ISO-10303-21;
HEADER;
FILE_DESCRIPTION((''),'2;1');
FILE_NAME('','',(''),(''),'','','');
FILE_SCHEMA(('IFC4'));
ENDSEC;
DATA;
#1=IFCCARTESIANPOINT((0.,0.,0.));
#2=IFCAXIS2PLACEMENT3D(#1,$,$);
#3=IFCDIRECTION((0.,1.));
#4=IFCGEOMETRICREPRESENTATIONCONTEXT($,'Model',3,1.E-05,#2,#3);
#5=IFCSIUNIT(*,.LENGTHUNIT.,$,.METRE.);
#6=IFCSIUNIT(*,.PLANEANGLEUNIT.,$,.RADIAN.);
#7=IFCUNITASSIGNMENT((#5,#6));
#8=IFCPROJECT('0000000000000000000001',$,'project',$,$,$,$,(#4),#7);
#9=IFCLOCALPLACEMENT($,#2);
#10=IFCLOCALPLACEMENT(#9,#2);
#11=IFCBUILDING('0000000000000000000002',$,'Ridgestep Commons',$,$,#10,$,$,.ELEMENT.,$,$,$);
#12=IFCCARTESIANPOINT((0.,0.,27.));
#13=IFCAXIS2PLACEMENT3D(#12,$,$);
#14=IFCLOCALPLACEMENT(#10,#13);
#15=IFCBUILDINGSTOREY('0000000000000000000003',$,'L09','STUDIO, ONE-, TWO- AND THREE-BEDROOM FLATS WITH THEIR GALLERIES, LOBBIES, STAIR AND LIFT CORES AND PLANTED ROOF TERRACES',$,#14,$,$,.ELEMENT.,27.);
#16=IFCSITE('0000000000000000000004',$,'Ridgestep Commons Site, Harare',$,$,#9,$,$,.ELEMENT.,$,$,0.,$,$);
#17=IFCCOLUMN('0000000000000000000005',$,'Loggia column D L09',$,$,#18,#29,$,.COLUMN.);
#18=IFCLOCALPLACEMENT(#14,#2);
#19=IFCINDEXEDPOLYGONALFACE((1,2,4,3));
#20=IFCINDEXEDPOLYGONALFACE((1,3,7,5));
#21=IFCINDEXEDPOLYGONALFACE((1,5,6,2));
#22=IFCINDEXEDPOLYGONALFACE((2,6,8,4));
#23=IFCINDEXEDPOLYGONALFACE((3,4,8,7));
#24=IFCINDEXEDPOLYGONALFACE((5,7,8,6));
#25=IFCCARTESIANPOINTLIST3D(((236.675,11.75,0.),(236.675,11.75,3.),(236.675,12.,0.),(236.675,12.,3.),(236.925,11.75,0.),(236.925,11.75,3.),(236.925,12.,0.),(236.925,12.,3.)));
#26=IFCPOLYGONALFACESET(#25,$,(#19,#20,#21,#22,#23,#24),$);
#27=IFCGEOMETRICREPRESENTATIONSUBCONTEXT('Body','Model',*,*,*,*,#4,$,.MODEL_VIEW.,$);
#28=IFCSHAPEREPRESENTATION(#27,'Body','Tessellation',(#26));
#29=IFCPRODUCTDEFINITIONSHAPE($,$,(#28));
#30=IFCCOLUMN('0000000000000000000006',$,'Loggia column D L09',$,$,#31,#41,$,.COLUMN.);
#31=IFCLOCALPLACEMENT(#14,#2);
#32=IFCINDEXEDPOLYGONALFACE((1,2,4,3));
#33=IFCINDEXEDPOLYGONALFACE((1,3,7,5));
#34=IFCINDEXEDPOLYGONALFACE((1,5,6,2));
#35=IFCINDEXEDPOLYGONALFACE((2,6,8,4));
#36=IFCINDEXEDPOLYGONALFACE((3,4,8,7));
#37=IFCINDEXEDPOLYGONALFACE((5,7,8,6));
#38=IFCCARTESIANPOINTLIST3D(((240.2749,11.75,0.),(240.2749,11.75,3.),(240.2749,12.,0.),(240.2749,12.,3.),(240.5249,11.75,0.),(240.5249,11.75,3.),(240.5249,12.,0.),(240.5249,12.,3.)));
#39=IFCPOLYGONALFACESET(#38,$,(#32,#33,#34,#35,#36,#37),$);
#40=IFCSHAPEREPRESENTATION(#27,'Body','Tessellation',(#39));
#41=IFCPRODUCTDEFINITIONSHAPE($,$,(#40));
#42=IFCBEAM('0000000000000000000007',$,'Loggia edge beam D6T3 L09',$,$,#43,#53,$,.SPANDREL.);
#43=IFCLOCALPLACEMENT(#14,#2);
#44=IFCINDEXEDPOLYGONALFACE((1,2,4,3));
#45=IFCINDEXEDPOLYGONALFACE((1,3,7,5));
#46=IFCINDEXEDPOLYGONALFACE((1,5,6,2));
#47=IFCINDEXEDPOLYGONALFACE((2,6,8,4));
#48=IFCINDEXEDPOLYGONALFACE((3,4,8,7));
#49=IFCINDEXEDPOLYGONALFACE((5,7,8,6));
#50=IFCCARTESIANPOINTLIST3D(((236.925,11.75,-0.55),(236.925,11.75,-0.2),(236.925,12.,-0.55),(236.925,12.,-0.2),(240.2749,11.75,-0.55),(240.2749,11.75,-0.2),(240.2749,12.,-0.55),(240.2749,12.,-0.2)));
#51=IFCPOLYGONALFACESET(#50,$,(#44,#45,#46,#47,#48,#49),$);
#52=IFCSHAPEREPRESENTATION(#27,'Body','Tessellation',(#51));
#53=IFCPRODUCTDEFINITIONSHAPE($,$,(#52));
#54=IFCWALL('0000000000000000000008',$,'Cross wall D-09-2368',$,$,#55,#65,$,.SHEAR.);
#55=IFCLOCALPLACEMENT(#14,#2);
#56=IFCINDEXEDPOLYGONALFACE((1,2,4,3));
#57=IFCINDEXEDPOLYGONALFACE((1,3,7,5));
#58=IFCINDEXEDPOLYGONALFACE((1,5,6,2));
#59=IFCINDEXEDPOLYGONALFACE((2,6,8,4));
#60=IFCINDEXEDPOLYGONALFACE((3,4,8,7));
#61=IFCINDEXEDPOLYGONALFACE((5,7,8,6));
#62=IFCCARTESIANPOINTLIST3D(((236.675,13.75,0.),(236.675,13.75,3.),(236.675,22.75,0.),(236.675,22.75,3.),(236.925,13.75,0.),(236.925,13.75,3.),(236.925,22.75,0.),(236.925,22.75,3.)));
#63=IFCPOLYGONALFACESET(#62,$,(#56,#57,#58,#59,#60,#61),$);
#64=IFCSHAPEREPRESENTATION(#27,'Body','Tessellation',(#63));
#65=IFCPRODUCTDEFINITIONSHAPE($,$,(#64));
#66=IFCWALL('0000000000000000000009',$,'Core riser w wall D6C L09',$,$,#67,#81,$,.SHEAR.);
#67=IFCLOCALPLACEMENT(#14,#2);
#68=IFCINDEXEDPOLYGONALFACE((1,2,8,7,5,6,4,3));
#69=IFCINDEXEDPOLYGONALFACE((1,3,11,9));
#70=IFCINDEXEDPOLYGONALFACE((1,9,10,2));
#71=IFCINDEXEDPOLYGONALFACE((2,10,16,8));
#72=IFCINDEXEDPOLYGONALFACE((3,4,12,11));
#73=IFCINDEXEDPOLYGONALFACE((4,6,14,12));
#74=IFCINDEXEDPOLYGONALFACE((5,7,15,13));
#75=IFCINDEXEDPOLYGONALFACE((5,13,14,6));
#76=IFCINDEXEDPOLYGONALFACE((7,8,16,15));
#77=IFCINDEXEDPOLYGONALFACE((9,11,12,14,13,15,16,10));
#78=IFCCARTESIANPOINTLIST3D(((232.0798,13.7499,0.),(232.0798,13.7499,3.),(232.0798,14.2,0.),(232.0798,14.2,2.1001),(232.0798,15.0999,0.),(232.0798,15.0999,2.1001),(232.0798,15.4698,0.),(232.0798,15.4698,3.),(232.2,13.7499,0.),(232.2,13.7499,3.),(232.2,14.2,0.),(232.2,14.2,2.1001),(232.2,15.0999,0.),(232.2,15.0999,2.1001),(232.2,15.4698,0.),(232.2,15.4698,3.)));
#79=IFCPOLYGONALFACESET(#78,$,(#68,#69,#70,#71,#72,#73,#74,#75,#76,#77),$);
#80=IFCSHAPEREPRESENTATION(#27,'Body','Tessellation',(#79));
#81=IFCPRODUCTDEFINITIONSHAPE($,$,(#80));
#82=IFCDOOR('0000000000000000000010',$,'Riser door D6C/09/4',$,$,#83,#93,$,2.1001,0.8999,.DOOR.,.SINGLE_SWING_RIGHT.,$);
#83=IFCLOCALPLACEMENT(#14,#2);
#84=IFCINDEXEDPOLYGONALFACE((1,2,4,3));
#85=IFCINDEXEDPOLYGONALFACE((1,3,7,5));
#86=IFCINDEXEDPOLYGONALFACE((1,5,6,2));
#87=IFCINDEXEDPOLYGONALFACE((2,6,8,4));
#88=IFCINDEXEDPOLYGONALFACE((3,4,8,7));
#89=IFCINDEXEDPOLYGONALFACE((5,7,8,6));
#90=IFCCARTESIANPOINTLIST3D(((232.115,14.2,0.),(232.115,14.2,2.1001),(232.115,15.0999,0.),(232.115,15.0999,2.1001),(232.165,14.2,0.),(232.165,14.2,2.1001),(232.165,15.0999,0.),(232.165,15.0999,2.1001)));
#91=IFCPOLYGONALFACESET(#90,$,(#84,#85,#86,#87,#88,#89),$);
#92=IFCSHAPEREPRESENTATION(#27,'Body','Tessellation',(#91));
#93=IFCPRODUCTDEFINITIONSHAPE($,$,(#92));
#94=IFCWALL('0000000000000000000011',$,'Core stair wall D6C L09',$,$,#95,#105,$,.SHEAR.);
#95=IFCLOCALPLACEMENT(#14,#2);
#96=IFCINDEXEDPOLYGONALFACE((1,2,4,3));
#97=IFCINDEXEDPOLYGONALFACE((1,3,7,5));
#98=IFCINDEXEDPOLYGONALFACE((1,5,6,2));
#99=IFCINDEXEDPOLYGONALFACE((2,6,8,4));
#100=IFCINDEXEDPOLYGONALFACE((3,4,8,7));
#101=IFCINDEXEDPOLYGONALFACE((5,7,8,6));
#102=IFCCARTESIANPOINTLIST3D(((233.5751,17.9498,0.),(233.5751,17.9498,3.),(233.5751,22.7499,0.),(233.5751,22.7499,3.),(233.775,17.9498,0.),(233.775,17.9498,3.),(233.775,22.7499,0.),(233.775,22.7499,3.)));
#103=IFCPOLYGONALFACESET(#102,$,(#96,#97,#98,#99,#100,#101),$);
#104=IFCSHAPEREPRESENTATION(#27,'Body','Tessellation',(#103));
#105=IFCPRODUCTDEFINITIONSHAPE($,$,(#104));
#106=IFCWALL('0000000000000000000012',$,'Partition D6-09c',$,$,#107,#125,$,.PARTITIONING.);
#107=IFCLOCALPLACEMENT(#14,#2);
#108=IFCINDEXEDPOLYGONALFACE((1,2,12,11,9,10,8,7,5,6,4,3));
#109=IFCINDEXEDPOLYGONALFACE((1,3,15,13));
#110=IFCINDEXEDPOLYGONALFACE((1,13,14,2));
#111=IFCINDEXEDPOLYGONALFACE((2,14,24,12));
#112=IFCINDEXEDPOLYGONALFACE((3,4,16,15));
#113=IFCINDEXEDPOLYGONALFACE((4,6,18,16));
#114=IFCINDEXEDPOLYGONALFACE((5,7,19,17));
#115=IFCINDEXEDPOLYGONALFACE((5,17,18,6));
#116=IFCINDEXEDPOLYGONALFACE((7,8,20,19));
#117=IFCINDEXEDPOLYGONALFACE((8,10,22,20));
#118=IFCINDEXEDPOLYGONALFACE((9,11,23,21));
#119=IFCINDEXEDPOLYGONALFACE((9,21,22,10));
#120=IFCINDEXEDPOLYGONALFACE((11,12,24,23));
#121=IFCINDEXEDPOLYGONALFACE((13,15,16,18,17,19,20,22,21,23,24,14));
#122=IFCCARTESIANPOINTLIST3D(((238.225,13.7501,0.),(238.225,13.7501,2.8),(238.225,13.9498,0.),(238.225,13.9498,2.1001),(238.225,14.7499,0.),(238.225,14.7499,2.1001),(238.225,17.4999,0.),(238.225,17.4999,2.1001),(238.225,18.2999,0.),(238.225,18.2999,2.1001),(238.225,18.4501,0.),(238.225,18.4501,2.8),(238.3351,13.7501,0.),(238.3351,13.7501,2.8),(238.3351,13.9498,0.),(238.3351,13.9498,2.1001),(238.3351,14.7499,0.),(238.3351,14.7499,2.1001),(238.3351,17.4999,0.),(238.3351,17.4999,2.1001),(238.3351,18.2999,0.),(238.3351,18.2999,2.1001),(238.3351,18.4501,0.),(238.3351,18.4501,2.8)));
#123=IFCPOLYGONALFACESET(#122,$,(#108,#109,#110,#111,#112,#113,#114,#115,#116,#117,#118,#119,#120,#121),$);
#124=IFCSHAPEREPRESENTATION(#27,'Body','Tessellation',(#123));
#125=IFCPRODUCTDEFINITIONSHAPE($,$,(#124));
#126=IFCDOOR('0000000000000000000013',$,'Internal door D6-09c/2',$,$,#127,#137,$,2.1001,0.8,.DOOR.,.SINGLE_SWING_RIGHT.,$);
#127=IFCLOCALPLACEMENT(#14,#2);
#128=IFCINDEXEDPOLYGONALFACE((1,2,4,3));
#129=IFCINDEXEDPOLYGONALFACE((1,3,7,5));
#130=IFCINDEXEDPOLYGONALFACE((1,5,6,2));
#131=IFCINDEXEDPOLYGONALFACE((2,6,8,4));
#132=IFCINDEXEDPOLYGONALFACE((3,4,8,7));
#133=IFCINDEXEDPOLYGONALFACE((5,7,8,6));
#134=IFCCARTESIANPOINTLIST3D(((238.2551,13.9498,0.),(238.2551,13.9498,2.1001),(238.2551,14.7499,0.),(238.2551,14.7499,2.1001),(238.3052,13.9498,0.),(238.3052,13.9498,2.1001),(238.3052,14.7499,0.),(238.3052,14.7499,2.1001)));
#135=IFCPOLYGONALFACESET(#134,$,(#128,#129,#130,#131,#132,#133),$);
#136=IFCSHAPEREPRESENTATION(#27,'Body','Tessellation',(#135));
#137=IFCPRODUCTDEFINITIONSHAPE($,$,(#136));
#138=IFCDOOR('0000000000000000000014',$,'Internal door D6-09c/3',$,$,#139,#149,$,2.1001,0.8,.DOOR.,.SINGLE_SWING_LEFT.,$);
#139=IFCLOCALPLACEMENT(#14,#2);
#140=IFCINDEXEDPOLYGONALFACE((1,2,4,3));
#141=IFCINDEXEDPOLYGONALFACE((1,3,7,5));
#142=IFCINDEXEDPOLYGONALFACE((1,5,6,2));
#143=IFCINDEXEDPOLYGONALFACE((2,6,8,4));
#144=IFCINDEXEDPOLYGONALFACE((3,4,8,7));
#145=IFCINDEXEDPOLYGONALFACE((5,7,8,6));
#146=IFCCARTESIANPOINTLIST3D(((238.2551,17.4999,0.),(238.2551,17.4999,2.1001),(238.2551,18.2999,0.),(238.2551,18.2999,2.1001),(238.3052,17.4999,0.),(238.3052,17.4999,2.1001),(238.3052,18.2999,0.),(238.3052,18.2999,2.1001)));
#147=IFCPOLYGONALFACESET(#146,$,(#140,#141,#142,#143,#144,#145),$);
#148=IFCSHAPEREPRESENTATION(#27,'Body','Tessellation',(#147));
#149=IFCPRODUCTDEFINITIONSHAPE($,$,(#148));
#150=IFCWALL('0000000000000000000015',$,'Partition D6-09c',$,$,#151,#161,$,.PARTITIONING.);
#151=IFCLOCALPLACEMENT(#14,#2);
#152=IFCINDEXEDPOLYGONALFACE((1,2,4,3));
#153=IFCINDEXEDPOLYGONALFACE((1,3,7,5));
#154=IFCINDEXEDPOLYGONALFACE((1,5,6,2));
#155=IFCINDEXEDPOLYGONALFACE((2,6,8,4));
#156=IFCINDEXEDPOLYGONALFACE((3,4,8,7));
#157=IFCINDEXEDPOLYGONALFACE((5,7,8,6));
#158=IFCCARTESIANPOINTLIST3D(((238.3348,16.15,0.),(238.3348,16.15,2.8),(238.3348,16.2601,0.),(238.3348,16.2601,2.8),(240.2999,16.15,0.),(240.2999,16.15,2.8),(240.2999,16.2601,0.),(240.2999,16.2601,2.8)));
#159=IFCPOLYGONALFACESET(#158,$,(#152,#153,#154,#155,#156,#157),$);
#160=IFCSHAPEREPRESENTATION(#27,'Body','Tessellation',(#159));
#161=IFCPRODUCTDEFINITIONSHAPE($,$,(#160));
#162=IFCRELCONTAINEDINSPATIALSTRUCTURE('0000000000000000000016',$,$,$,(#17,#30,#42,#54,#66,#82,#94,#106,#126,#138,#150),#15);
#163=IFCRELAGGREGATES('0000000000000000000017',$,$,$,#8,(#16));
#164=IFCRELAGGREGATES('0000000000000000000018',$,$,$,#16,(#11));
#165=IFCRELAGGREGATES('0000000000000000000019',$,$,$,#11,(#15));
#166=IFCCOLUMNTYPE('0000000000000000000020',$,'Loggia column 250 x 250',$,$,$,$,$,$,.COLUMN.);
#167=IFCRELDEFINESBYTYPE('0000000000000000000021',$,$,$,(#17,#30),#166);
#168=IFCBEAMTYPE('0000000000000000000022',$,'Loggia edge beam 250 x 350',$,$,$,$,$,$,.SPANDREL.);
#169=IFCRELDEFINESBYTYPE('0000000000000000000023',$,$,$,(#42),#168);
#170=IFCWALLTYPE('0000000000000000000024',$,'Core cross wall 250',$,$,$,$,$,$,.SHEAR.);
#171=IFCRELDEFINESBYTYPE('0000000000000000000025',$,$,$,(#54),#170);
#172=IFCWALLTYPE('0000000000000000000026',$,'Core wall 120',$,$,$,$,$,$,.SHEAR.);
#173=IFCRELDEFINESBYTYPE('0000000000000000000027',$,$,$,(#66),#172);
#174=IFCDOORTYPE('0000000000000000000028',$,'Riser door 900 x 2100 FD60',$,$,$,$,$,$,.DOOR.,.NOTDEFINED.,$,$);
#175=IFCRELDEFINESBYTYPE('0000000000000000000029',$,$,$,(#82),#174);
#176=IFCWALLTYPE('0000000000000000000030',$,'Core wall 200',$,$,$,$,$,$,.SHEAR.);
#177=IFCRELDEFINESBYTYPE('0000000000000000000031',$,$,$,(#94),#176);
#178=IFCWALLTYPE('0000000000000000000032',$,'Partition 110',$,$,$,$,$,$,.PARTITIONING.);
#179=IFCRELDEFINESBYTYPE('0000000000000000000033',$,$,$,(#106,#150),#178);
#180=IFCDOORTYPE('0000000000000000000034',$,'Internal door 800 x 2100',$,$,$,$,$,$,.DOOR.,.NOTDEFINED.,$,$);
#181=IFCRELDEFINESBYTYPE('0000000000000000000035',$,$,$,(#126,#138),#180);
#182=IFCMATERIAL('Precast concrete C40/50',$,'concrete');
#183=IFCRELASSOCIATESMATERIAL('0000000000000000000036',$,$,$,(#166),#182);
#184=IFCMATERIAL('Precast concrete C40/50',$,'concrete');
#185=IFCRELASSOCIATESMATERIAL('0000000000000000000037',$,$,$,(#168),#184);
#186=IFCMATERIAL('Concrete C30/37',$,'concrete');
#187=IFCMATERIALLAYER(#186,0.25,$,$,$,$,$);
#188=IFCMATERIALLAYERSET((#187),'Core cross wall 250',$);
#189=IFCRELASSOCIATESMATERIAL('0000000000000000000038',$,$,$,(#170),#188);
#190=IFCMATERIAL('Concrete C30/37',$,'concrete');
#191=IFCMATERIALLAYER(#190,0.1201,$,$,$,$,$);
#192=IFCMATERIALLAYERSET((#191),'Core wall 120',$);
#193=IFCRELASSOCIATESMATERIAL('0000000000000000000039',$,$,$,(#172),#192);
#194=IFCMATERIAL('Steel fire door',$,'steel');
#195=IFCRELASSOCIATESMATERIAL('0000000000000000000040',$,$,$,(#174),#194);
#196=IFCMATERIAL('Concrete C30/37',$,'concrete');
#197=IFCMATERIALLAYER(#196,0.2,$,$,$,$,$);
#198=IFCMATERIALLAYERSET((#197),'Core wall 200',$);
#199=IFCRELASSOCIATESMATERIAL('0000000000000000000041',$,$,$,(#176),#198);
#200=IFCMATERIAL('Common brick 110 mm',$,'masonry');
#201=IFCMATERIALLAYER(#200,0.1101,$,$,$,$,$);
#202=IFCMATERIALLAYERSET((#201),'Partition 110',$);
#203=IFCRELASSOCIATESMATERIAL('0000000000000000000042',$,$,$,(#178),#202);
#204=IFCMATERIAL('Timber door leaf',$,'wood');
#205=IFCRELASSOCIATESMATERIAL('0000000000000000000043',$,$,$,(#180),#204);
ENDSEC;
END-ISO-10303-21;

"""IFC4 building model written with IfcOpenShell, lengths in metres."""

from ifc_helpers import new_model, si_unit, direction, frame, frame_2d, origin, origin_2d, place, context, subcontext, project, spatial, rectangle, extrude, material, layer, layer_set, material_profile, profile_set, type_object, element, fill, save


model = new_model("IFC4")

# Units and contexts
model_context = context("Model", 3, precision=1e-05, world=origin(), true_north=direction((0.0, 1.0)))
body_context = subcontext(model_context, "Body", "Model", "MODEL_VIEW")
ifc_project = project(units=[si_unit("LENGTHUNIT", "METRE"), si_unit("PLANEANGLEUNIT", "RADIAN")], contexts=[model_context])

# Site, building, storey
site_placement = place(None, origin())
site = spatial("IfcSite", under=ifc_project, at=site_placement, Name="Ridgestep Commons Site, Harare", CompositionType="ELEMENT", RefElevation=0.0)
building_placement = place(site_placement, origin())
building = spatial("IfcBuilding", under=site, at=building_placement, Name="Ridgestep Commons", CompositionType="ELEMENT")
storey_placement = place(building_placement, frame((0.0, 0.0, 27.0)))
storey = spatial("IfcBuildingStorey", under=building, at=storey_placement, Name="L09", Description="STUDIO, ONE-, TWO- AND THREE-BEDROOM FLATS WITH THEIR GALLERIES, LOBBIES, STAIR AND LIFT CORES AND PLANTED ROOF TERRACES", CompositionType="ELEMENT", Elevation=27.0)

# Columns
ifc_material_1 = material(Name="Precast concrete C40/50", Category="concrete")
ifc_material_profile_1 = material_profile(ifc_material_1, rectangle(XDim=0.25, YDim=0.25, at=origin_2d()), Name="PC 250x250")
ifc_profile_set_1 = profile_set([ifc_material_profile_1], Name="Precast concrete C40/50")
column_type = type_object("IfcColumnType", Name="Loggia column 250 x 250", PredefinedType="COLUMN", material=ifc_profile_set_1)
for number, where, z_axis, x_axis, name in (
    (1, (236.8, 11.875, 0.0), (0.0, 0.0, 1.0), (1.0, 0.0, 0.0), "Loggia column D L09"),
    (2, (240.3999, 11.875, 0.0), (0.0, 0.0, 1.0), (1.0, 0.0, 0.0), "Loggia column D L09"),
):
    element("IfcColumn", number, at=place(storey_placement, frame(where, z_axis=z_axis, x_axis=x_axis)), inside=storey, type_object=column_type, Name=name, PredefinedType="COLUMN", context=body_context, shape_type="SweptSolid", body=[
        extrude(rectangle(XDim=0.25, YDim=0.25, at=origin_2d()), origin(), (0.0, 0.0, 1.0), 3.0),
    ])

# Beam
ifc_material_2 = material(Name="Precast concrete C40/50", Category="concrete")
ifc_material_profile_2 = material_profile(ifc_material_2, rectangle(XDim=0.25, YDim=0.3501, at=origin_2d()), Name="PC 250x350")
ifc_profile_set_2 = profile_set([ifc_material_profile_2], Name="Precast concrete C40/50")
beam_type = type_object("IfcBeamType", Name="Loggia edge beam 250 x 350", PredefinedType="SPANDREL", material=ifc_profile_set_2)
beam_placement = place(storey_placement, frame((236.925, 11.875, -0.375), z_axis=(1.0, 0.0, 0.0), x_axis=(0.0, 1.0, 0.0)))
element("IfcBeam", 3, at=beam_placement, inside=storey, type_object=beam_type, Name="Loggia edge beam D6T3 L09", PredefinedType="SPANDREL", context=body_context, shape_type="SweptSolid", body=[
    extrude(rectangle(XDim=0.25, YDim=0.3501, at=origin_2d()), origin(), (0.0, 0.0, 1.0), 3.3499),
])

# Wall
ifc_material_3 = material(Name="Concrete C30/37", Category="concrete")
ifc_layer_1 = layer(ifc_material_3, 0.25)
ifc_layer_set_1 = layer_set([ifc_layer_1], Name="Core cross wall 250")
wall_type_1 = type_object("IfcWallType", Name="Core cross wall 250", PredefinedType="SHEAR", material=ifc_layer_set_1)
wall_1_placement = place(storey_placement, frame((236.8, 13.75, 0.0), z_axis=(0.0, 0.0, 1.0), x_axis=(0.0, 1.0, 0.0)))
element("IfcWall", 4, at=wall_1_placement, inside=storey, type_object=wall_type_1, Name="Cross wall D-09-2368", PredefinedType="SHEAR", context=body_context, shape_type="SweptSolid", body=[
    extrude(rectangle(XDim=9.0, YDim=0.25, at=frame_2d((4.5, 0.0))), origin(), (0.0, 0.0, 1.0), 3.0),
])

# Wall, opening, door
ifc_material_4 = material(Name="Concrete C30/37", Category="concrete")
ifc_layer_2 = layer(ifc_material_4, 0.1201)
ifc_layer_set_2 = layer_set([ifc_layer_2], Name="Core wall 120")
wall_type_2 = type_object("IfcWallType", Name="Core wall 120", PredefinedType="SHEAR", material=ifc_layer_set_2)
wall_2_placement = place(storey_placement, frame((232.1399, 13.75, 0.0), z_axis=(0.0, 0.0, 1.0), x_axis=(0.0, 1.0, 0.0)))
wall_2 = element("IfcWall", 5, at=wall_2_placement, inside=storey, type_object=wall_type_2, Name="Core riser w wall D6C L09", PredefinedType="SHEAR", context=body_context, shape_type="SweptSolid", body=[
    extrude(rectangle(XDim=1.72, YDim=0.1201, at=frame_2d((0.8599, 0.0))), origin(), (0.0, 0.0, 1.0), 3.0),
])
opening_1_placement = place(wall_2_placement, frame((0.45, 0.0, 0.0)))
opening_1 = element("IfcOpeningElement", 6, at=opening_1_placement, cuts=wall_2, PredefinedType="OPENING", context=body_context, shape_type="SweptSolid", body=[
    extrude(rectangle(XDim=0.8999, YDim=2.1001, at=frame_2d((0.45, 1.05))), frame((0.0, 0.0701, 0.0), z_axis=(0.0, -1.0, 0.0), x_axis=(1.0, 0.0, 0.0)), (0.0, 0.0, 1.0), 0.1401),
])
ifc_material_5 = material(Name="Steel fire door", Category="steel")
door_type_1 = type_object("IfcDoorType", Name="Riser door 900 x 2100 FD60", OperationType="NOTDEFINED", PredefinedType="DOOR", material=ifc_material_5)
door_1_placement = place(opening_1_placement, origin())
door_1 = element("IfcDoor", 7, at=door_1_placement, inside=storey, type_object=door_type_1, Name="Riser door D6C/09/4", OperationType="SINGLE_SWING_RIGHT", OverallHeight=2.1001, OverallWidth=0.8999, PredefinedType="DOOR", context=body_context, shape_type="SweptSolid", body=[
    extrude(rectangle(XDim=0.8999, YDim=2.1001, at=frame_2d((0.45, 1.05))), frame((0.0, 0.0249, 0.0), z_axis=(0.0, -1.0, 0.0), x_axis=(1.0, 0.0, 0.0)), (0.0, 0.0, 1.0), 0.05),
])
fill(opening_1, door_1)

# Wall
ifc_material_6 = material(Name="Concrete C30/37", Category="concrete")
ifc_layer_3 = layer(ifc_material_6, 0.2)
ifc_layer_set_3 = layer_set([ifc_layer_3], Name="Core wall 200")
wall_type_3 = type_object("IfcWallType", Name="Core wall 200", PredefinedType="SHEAR", material=ifc_layer_set_3)
wall_3_placement = place(storey_placement, frame((233.675, 17.95, 0.0), z_axis=(0.0, 0.0, 1.0), x_axis=(0.0, 1.0, 0.0)))
element("IfcWall", 8, at=wall_3_placement, inside=storey, type_object=wall_type_3, Name="Core stair wall D6C L09", PredefinedType="SHEAR", context=body_context, shape_type="SweptSolid", body=[
    extrude(rectangle(XDim=4.8, YDim=0.2, at=frame_2d((2.3999, 0.0))), origin(), (0.0, 0.0, 1.0), 3.0),
])

# Wall, openings, doors
ifc_material_7 = material(Name="Common brick 110 mm", Category="masonry")
ifc_layer_4 = layer(ifc_material_7, 0.1101)
ifc_layer_set_4 = layer_set([ifc_layer_4], Name="Partition 110")
wall_type_4 = type_object("IfcWallType", Name="Partition 110", PredefinedType="PARTITIONING", material=ifc_layer_set_4)
wall_4_placement = place(storey_placement, frame((238.28, 13.75, 0.0), z_axis=(0.0, 0.0, 1.0), x_axis=(0.0, 1.0, 0.0)))
wall_4 = element("IfcWall", 9, at=wall_4_placement, inside=storey, type_object=wall_type_4, Name="Partition D6-09c", PredefinedType="PARTITIONING", context=body_context, shape_type="SweptSolid", body=[
    extrude(rectangle(XDim=4.7, YDim=0.1101, at=frame_2d((2.3501, 0.0))), origin(), (0.0, 0.0, 1.0), 2.8),
])
opening_2_placement = place(wall_4_placement, frame((0.2, 0.0, 0.0)))
opening_2 = element("IfcOpeningElement", 10, at=opening_2_placement, cuts=wall_4, PredefinedType="OPENING", context=body_context, shape_type="SweptSolid", body=[
    extrude(rectangle(XDim=0.8, YDim=2.1001, at=frame_2d((0.3999, 1.05))), frame((0.0, 0.0649, 0.0), z_axis=(0.0, -1.0, 0.0), x_axis=(1.0, 0.0, 0.0)), (0.0, 0.0, 1.0), 0.1301),
])
opening_3_placement = place(wall_4_placement, frame((3.75, 0.0, 0.0)))
opening_3 = element("IfcOpeningElement", 11, at=opening_3_placement, cuts=wall_4, PredefinedType="OPENING", context=body_context, shape_type="SweptSolid", body=[
    extrude(rectangle(XDim=0.8, YDim=2.1001, at=frame_2d((0.3999, 1.05))), frame((0.0, 0.0649, 0.0), z_axis=(0.0, -1.0, 0.0), x_axis=(1.0, 0.0, 0.0)), (0.0, 0.0, 1.0), 0.1301),
])
ifc_material_8 = material(Name="Timber door leaf", Category="wood")
door_type_2 = type_object("IfcDoorType", Name="Internal door 800 x 2100", OperationType="NOTDEFINED", PredefinedType="DOOR", material=ifc_material_8)
door_2_placement = place(opening_2_placement, origin())
door_2 = element("IfcDoor", 12, at=door_2_placement, inside=storey, type_object=door_type_2, Name="Internal door D6-09c/2", OperationType="SINGLE_SWING_RIGHT", OverallHeight=2.1001, OverallWidth=0.8, PredefinedType="DOOR", context=body_context, shape_type="SweptSolid", body=[
    extrude(rectangle(XDim=0.8, YDim=2.1001, at=frame_2d((0.3999, 1.05))), frame((0.0, 0.0249, 0.0), z_axis=(0.0, -1.0, 0.0), x_axis=(1.0, 0.0, 0.0)), (0.0, 0.0, 1.0), 0.05),
])
fill(opening_2, door_2)
door_3_placement = place(opening_3_placement, origin())
door_3 = element("IfcDoor", 13, at=door_3_placement, inside=storey, type_object=door_type_2, Name="Internal door D6-09c/3", OperationType="SINGLE_SWING_LEFT", OverallHeight=2.1001, OverallWidth=0.8, PredefinedType="DOOR", context=body_context, shape_type="SweptSolid", body=[
    extrude(rectangle(XDim=0.8, YDim=2.1001, at=frame_2d((0.3999, 1.05))), frame((0.0, 0.0249, 0.0), z_axis=(0.0, -1.0, 0.0), x_axis=(1.0, 0.0, 0.0)), (0.0, 0.0, 1.0), 0.05),
])
fill(opening_3, door_3)

# Wall
wall_5_placement = place(storey_placement, frame((238.335, 16.2051, 0.0), z_axis=(0.0, 0.0, 1.0), x_axis=(1.0, 0.0, 0.0)))
element("IfcWall", 14, at=wall_5_placement, inside=storey, type_object=wall_type_4, Name="Partition D6-09c", PredefinedType="PARTITIONING", context=body_context, shape_type="SweptSolid", body=[
    extrude(rectangle(XDim=1.9651, YDim=0.1101, at=frame_2d((0.9824, 0.0))), origin(), (0.0, 0.0, 1.0), 2.8),
])

save(model, "model.ifc")
